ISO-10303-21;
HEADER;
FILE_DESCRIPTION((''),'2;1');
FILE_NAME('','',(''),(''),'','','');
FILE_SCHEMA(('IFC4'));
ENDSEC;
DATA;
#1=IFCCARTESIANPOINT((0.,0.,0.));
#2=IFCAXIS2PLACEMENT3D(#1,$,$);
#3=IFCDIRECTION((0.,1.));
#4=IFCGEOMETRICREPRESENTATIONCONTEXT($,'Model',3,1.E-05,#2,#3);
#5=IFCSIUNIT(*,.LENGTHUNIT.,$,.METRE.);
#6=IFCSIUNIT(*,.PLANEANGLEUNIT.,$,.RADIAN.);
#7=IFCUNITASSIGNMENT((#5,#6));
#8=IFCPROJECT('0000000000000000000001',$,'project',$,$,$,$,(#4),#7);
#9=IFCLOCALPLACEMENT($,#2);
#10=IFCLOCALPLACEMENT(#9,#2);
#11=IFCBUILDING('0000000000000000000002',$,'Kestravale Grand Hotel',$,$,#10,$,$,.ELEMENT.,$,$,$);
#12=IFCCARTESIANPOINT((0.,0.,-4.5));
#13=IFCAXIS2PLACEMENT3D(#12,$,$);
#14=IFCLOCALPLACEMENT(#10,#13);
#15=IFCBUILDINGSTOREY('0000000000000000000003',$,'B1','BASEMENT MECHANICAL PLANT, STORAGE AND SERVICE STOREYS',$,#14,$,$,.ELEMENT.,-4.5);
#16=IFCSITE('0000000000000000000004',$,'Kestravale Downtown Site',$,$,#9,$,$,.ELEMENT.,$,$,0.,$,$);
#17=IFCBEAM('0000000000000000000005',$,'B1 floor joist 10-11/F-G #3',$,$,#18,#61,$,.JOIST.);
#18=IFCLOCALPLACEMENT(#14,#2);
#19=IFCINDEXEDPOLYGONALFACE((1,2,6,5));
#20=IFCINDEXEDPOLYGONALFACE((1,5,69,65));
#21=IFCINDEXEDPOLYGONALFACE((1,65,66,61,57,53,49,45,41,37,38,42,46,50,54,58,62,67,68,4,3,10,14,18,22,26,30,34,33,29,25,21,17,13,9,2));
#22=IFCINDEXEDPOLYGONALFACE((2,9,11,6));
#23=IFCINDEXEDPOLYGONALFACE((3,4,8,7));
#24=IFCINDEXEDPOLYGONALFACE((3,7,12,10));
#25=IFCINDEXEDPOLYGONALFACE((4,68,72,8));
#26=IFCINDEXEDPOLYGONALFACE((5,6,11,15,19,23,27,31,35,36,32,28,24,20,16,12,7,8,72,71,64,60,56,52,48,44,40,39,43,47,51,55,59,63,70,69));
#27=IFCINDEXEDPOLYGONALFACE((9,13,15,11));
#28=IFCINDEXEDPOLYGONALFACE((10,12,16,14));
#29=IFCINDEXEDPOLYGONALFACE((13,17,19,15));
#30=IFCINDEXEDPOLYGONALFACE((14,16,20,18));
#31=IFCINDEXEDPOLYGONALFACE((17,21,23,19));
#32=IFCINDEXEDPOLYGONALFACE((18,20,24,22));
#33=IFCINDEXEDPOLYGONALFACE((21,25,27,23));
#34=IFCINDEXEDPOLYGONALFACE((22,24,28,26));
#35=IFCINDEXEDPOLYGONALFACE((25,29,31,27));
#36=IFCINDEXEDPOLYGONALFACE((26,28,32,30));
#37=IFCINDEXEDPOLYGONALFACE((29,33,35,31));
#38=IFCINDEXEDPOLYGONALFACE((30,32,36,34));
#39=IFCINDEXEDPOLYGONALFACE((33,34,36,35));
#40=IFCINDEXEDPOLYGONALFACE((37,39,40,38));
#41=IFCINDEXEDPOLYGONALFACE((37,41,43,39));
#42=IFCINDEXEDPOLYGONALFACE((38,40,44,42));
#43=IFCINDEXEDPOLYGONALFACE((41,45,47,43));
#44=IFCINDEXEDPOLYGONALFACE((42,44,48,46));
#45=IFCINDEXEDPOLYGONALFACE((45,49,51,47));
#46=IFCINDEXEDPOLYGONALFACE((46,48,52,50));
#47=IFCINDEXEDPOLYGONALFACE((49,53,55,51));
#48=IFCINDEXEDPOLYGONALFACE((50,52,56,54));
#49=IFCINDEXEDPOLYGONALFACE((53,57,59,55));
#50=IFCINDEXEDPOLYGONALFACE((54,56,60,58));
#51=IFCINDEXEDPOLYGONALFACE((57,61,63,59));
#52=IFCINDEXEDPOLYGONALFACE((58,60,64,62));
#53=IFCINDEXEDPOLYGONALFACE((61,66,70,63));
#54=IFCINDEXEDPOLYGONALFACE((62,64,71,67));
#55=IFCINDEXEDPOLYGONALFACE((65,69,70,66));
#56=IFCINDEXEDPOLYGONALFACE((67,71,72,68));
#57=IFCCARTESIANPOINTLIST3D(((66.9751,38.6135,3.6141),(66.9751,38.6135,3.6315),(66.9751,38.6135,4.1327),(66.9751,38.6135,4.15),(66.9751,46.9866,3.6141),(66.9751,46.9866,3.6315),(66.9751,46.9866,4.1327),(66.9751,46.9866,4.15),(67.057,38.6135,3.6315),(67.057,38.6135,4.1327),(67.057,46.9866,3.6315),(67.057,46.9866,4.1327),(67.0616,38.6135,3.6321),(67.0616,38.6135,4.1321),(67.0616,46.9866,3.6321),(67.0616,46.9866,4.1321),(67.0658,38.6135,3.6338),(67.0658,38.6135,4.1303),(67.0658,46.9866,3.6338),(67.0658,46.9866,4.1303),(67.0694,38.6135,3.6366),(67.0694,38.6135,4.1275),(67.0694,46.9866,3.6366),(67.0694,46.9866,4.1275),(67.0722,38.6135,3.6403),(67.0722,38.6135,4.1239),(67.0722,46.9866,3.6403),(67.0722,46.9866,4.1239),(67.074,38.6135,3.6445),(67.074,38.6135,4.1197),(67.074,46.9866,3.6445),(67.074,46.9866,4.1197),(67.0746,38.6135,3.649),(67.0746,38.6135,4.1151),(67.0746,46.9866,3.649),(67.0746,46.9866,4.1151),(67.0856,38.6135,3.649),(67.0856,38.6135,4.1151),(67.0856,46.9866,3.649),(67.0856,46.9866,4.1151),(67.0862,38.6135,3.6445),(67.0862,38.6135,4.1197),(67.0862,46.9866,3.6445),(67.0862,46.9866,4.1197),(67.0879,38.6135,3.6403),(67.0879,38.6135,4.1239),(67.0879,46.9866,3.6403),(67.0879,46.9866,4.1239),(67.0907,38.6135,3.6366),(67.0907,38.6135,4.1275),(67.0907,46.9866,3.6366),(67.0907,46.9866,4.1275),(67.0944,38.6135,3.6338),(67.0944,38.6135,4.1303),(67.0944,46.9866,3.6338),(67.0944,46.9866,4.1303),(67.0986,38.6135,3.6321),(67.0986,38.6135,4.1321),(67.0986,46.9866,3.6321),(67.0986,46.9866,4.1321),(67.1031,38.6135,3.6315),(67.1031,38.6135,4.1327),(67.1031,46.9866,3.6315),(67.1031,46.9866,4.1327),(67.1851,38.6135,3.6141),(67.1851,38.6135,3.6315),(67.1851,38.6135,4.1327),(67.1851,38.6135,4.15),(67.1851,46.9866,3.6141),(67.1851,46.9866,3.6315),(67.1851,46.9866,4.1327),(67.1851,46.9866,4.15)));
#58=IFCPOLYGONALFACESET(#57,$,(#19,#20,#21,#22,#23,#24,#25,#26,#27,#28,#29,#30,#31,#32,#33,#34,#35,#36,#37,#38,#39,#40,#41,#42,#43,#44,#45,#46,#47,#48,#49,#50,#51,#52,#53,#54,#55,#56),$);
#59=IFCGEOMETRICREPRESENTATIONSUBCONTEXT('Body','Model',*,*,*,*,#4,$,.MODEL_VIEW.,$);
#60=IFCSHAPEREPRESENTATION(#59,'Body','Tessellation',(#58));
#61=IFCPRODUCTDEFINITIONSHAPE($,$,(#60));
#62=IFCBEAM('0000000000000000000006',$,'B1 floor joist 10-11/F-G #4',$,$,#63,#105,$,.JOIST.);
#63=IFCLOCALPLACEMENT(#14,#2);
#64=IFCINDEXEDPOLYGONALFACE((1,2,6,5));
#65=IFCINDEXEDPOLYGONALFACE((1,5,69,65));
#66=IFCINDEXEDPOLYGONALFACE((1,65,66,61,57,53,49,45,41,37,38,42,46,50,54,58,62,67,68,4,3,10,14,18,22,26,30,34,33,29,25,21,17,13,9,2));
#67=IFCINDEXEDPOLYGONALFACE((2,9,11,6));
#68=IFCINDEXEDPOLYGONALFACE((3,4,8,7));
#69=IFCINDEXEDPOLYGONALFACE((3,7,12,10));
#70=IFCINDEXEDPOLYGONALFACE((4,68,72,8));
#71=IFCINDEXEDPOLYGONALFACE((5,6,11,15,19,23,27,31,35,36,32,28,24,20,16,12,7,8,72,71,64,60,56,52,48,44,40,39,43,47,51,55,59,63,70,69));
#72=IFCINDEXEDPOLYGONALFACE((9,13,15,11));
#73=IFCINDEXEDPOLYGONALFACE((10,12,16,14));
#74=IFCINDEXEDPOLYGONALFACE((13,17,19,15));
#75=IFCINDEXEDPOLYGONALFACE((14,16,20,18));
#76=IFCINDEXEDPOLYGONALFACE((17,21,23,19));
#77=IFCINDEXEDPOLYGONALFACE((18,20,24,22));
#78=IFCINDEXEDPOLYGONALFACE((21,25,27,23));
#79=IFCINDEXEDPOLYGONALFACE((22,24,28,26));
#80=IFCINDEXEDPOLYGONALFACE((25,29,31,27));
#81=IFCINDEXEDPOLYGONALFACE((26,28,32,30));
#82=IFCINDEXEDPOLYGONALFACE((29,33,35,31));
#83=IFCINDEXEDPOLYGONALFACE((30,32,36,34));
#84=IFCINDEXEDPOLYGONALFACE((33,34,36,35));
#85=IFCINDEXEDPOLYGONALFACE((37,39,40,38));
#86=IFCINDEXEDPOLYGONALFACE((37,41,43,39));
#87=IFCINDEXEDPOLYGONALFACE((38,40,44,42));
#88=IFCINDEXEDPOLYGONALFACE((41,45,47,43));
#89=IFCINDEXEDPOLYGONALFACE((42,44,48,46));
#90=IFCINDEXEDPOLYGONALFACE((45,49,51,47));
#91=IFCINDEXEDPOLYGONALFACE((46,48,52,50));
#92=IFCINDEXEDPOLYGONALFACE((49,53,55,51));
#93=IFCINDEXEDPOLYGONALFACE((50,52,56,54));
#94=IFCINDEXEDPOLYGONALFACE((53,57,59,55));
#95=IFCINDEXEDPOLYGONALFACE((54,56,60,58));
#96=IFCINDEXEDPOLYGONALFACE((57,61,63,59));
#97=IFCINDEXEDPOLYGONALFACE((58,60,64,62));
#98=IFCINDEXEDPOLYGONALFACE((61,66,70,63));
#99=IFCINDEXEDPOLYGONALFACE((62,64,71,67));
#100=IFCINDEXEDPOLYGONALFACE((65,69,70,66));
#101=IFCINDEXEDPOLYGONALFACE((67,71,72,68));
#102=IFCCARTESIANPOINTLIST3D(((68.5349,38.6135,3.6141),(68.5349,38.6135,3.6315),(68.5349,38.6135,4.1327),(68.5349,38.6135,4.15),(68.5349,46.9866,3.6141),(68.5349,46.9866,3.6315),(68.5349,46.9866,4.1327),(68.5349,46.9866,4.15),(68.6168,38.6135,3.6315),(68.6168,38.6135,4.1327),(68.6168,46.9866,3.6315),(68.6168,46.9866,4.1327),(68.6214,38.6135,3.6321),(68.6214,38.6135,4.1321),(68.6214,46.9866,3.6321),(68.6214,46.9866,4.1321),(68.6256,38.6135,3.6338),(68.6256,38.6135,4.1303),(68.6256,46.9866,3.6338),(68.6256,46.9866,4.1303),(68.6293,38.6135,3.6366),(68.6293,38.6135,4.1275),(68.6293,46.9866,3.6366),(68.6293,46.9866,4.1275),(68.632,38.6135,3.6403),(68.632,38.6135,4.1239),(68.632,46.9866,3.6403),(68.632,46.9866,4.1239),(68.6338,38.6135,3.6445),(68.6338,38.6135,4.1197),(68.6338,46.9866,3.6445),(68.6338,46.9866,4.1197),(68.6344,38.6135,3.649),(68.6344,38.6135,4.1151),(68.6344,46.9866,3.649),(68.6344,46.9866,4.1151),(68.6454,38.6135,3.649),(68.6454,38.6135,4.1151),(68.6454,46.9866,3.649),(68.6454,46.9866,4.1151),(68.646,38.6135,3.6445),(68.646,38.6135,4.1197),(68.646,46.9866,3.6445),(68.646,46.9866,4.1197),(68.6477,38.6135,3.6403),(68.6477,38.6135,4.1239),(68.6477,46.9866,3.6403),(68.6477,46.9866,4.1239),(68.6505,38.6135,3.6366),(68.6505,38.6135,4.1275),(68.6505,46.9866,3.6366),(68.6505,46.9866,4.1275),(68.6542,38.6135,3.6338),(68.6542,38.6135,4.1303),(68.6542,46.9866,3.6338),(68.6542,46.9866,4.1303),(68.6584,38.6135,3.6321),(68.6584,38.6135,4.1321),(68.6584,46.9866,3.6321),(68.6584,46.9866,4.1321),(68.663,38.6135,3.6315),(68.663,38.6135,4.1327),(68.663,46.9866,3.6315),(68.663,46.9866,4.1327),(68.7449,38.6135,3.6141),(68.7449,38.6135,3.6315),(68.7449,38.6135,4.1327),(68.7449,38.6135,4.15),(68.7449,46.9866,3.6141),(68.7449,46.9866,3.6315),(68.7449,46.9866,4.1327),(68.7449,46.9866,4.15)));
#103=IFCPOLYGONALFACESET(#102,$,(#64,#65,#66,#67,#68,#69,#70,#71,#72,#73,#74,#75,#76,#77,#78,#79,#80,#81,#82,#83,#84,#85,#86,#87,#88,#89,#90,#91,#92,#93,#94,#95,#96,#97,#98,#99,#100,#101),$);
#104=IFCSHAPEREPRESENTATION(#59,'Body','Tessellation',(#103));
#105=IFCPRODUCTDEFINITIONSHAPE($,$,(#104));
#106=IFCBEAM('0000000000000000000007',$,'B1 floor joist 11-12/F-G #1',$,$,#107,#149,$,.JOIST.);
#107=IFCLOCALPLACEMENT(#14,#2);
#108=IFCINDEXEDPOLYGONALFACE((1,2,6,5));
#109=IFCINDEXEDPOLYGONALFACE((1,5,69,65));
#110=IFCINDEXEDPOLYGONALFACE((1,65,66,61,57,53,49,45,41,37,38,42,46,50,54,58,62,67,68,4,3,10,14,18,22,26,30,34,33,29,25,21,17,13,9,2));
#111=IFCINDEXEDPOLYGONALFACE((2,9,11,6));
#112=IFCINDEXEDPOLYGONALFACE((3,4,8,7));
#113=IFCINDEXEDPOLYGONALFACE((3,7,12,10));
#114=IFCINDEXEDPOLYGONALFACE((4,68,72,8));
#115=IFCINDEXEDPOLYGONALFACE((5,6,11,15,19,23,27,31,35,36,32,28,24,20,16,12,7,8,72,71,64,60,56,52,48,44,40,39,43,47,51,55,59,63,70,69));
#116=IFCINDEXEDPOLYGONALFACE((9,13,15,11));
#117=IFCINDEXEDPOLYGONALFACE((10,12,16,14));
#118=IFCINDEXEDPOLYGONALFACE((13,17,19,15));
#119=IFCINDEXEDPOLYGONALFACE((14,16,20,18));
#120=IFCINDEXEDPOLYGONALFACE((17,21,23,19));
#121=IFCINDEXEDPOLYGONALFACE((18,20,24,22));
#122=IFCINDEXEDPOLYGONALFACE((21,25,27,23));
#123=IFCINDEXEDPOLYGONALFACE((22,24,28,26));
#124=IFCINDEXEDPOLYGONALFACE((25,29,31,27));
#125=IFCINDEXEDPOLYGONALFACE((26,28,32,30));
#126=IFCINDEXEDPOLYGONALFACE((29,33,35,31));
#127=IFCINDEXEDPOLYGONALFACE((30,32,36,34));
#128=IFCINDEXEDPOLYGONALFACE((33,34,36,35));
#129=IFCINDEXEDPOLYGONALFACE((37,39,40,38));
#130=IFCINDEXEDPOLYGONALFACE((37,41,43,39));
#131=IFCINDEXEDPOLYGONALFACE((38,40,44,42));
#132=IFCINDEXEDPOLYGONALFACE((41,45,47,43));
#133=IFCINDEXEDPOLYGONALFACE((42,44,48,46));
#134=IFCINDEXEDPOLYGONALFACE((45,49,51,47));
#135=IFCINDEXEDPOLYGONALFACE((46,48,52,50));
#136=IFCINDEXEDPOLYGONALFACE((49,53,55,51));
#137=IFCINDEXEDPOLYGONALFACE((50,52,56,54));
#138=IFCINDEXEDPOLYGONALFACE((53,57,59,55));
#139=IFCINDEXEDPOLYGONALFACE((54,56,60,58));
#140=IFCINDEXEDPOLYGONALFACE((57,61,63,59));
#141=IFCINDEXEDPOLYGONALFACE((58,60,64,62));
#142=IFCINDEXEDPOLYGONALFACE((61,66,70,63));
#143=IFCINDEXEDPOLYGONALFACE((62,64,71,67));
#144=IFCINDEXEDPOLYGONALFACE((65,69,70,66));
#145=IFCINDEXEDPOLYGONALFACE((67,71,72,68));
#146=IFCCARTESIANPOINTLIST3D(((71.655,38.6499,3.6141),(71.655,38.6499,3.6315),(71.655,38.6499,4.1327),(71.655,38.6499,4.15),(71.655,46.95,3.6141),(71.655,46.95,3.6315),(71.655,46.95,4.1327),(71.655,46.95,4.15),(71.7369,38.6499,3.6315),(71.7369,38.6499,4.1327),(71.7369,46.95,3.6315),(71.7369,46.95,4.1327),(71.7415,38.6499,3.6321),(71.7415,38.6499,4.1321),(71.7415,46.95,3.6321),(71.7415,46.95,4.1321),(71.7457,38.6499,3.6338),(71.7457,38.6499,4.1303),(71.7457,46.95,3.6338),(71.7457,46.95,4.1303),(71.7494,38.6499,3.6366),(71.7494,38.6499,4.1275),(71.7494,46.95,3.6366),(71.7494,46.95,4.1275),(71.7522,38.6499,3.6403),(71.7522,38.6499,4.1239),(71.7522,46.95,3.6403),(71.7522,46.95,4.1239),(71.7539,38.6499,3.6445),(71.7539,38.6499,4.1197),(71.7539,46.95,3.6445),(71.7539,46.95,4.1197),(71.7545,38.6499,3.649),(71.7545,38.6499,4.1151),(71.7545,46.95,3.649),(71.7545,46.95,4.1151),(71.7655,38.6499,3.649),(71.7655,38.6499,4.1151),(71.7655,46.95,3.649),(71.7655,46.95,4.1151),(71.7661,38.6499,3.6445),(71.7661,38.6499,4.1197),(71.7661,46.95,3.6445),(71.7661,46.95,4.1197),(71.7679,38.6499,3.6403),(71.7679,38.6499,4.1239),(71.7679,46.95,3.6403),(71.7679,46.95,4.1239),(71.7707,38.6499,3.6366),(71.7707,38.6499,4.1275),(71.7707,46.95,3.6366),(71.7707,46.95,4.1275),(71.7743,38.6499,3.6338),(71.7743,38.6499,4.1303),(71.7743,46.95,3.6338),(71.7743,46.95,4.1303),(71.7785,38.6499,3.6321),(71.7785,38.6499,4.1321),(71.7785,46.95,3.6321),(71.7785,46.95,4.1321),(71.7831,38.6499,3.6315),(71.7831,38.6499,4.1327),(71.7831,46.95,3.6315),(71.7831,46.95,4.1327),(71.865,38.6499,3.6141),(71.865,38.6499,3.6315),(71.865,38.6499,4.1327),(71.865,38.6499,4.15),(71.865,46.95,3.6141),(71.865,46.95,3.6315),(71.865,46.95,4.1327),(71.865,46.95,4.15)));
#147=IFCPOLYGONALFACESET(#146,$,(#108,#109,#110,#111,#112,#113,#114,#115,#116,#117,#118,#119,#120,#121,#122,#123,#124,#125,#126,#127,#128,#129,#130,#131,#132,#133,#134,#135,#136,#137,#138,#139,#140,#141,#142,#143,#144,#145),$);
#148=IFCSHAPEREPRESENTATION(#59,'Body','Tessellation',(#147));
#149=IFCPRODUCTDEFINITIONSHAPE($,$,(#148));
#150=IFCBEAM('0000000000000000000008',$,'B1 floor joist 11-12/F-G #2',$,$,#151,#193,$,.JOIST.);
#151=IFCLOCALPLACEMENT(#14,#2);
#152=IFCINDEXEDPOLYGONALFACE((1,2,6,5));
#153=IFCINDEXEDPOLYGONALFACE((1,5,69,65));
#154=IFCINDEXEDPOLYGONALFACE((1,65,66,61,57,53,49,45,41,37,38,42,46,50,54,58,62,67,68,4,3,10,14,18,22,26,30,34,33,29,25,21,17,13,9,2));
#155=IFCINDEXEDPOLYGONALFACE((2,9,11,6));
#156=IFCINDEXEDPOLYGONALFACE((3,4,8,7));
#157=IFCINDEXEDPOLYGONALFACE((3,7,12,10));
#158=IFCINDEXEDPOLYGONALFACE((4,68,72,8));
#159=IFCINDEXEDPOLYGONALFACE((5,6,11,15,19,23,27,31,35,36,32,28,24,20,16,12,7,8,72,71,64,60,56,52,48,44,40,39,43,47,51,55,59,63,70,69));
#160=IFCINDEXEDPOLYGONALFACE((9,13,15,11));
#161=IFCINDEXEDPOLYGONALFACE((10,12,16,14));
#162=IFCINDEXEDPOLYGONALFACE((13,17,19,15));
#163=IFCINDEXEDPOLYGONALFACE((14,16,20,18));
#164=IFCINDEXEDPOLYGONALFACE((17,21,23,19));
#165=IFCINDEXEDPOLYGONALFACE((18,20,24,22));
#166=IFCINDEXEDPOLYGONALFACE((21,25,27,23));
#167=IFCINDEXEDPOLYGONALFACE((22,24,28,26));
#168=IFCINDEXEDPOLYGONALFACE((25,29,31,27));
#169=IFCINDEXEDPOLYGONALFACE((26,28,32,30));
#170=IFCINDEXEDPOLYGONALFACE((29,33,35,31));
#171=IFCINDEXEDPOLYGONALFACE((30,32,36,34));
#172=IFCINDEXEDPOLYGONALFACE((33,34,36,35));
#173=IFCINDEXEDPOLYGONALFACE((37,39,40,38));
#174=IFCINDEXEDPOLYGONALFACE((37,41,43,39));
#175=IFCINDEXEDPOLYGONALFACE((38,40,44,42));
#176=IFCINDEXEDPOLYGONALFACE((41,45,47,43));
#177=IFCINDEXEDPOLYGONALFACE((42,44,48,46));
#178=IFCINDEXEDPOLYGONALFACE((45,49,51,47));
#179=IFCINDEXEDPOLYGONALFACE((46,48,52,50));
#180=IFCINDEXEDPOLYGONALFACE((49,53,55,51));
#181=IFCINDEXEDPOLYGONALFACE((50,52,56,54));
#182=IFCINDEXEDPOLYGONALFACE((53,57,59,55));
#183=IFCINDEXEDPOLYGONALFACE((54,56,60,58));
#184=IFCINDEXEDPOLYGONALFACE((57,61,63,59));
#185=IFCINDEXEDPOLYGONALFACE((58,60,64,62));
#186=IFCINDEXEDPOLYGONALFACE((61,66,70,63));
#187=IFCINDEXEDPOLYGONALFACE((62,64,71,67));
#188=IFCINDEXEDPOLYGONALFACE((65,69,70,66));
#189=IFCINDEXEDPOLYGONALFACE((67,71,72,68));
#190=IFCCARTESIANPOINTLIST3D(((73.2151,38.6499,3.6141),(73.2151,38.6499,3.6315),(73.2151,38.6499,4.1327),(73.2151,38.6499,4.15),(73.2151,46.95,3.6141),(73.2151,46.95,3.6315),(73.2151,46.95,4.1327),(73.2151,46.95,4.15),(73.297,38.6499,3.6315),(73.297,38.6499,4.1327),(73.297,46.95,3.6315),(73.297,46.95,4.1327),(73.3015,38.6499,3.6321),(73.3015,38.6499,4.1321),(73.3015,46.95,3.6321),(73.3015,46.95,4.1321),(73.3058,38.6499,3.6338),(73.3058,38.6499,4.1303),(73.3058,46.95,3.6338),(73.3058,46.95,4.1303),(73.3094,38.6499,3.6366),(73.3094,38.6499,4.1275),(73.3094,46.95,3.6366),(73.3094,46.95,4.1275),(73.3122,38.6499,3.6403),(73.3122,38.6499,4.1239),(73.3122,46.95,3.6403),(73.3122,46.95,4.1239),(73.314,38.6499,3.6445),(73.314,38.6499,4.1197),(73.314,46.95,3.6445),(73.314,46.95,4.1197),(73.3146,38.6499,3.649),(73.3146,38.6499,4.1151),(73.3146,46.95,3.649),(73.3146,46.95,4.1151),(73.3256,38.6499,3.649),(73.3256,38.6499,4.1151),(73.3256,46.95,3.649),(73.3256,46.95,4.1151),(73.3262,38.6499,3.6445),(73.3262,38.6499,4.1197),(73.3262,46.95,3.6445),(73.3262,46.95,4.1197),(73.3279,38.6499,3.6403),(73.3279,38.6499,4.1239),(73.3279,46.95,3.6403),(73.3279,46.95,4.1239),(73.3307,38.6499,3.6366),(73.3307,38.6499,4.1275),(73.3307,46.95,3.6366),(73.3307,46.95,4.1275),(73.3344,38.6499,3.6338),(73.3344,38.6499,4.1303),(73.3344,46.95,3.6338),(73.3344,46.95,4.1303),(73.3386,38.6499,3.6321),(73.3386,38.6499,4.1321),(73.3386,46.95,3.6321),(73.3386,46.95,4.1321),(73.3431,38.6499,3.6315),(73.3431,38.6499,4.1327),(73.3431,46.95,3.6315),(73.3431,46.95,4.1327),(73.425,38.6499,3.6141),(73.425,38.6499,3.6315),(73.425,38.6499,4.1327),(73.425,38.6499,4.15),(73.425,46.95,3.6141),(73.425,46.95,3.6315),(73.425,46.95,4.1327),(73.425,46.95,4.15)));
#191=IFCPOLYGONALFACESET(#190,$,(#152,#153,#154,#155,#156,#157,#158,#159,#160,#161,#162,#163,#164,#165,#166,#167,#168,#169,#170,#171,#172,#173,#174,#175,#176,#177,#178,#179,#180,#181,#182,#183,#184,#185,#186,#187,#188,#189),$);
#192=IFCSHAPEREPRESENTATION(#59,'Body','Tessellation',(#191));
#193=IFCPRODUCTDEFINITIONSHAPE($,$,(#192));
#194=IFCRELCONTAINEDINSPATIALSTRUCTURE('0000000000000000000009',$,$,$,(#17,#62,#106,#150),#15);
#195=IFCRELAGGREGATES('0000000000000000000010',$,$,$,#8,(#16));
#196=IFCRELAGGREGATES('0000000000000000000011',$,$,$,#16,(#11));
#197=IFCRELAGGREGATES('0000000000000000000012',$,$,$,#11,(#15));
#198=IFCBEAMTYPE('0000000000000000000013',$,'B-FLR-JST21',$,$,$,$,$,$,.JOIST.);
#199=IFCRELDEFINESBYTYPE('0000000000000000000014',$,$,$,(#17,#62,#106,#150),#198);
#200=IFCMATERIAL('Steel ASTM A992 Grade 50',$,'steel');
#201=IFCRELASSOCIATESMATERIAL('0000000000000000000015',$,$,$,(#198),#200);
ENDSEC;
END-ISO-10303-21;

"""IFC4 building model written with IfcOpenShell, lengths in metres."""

from ifc_helpers import new_model, si_unit, direction, frame, origin, origin_2d, place, context, subcontext, project, spatial, i_section, extrude, material, material_profile, profile_set, type_object, element, save


model = new_model("IFC4")

# Units and contexts
model_context = context("Model", 3, precision=1e-05, world=origin(), true_north=direction((0.0, 1.0)))
body_context = subcontext(model_context, "Body", "Model", "MODEL_VIEW")
ifc_project = project(units=[si_unit("LENGTHUNIT", "METRE"), si_unit("PLANEANGLEUNIT", "RADIAN")], contexts=[model_context])

# Site, building, storey
site_placement = place(None, origin())
site = spatial("IfcSite", under=ifc_project, at=site_placement, Name="Kestravale Downtown Site", CompositionType="ELEMENT", RefElevation=0.0)
building_placement = place(site_placement, origin())
building = spatial("IfcBuilding", under=site, at=building_placement, Name="Kestravale Grand Hotel", CompositionType="ELEMENT")
storey_placement = place(building_placement, frame((0.0, 0.0, -4.5)))
storey = spatial("IfcBuildingStorey", under=building, at=storey_placement, Name="B1", Description="BASEMENT MECHANICAL PLANT, STORAGE AND SERVICE STOREYS", CompositionType="ELEMENT", Elevation=-4.5)

# Beams
ifc_material_1 = material(Name="Steel ASTM A992 Grade 50", Category="steel")
ifc_material_profile_1 = material_profile(ifc_material_1, i_section(OverallWidth=0.21, OverallDepth=0.5359, WebThickness=0.011, FlangeThickness=0.0173, FilletRadius=0.0176, at=origin_2d()))
ifc_profile_set_1 = profile_set([ifc_material_profile_1], Name="Steel ASTM A992 Grade 50")
beam_type_1 = type_object("IfcBeamType", Name="B-FLR-JST21", PredefinedType="JOIST", material=ifc_profile_set_1)
for number, where, z_axis, x_axis, name in (
    (1, (67.0801, 38.6135, 3.8821), (0.0, 1.0, 0.0), (-1.0, 0.0, 0.0), "B1 floor joist 10-11/F-G #3"),
    (2, (68.6399, 38.6135, 3.8821), (0.0, 1.0, 0.0), (-1.0, 0.0, 0.0), "B1 floor joist 10-11/F-G #4"),
):
    element("IfcBeam", number, at=place(storey_placement, frame(where, z_axis=z_axis, x_axis=x_axis)), inside=storey, type_object=beam_type_1, Name=name, PredefinedType="JOIST", context=body_context, shape_type="SweptSolid", body=[
        extrude(i_section(OverallWidth=0.21, OverallDepth=0.5359, WebThickness=0.011, FlangeThickness=0.0173, FilletRadius=0.0176, at=origin_2d()), origin(), (0.0, 0.0, 1.0), 8.373),
    ])
for number, where, z_axis, x_axis, name in (
    (3, (71.76, 38.6499, 3.8821), (0.0, 1.0, 0.0), (-1.0, 0.0, 0.0), "B1 floor joist 11-12/F-G #1"),
    (4, (73.3201, 38.6499, 3.8821), (0.0, 1.0, 0.0), (-1.0, 0.0, 0.0), "B1 floor joist 11-12/F-G #2"),
):
    element("IfcBeam", number, at=place(storey_placement, frame(where, z_axis=z_axis, x_axis=x_axis)), inside=storey, type_object=beam_type_1, Name=name, PredefinedType="JOIST", context=body_context, shape_type="SweptSolid", body=[
        extrude(i_section(OverallWidth=0.21, OverallDepth=0.5359, WebThickness=0.011, FlangeThickness=0.0173, FilletRadius=0.0176, at=origin_2d()), origin(), (0.0, 0.0, 1.0), 8.3),
    ])

save(model, "model.ifc")
